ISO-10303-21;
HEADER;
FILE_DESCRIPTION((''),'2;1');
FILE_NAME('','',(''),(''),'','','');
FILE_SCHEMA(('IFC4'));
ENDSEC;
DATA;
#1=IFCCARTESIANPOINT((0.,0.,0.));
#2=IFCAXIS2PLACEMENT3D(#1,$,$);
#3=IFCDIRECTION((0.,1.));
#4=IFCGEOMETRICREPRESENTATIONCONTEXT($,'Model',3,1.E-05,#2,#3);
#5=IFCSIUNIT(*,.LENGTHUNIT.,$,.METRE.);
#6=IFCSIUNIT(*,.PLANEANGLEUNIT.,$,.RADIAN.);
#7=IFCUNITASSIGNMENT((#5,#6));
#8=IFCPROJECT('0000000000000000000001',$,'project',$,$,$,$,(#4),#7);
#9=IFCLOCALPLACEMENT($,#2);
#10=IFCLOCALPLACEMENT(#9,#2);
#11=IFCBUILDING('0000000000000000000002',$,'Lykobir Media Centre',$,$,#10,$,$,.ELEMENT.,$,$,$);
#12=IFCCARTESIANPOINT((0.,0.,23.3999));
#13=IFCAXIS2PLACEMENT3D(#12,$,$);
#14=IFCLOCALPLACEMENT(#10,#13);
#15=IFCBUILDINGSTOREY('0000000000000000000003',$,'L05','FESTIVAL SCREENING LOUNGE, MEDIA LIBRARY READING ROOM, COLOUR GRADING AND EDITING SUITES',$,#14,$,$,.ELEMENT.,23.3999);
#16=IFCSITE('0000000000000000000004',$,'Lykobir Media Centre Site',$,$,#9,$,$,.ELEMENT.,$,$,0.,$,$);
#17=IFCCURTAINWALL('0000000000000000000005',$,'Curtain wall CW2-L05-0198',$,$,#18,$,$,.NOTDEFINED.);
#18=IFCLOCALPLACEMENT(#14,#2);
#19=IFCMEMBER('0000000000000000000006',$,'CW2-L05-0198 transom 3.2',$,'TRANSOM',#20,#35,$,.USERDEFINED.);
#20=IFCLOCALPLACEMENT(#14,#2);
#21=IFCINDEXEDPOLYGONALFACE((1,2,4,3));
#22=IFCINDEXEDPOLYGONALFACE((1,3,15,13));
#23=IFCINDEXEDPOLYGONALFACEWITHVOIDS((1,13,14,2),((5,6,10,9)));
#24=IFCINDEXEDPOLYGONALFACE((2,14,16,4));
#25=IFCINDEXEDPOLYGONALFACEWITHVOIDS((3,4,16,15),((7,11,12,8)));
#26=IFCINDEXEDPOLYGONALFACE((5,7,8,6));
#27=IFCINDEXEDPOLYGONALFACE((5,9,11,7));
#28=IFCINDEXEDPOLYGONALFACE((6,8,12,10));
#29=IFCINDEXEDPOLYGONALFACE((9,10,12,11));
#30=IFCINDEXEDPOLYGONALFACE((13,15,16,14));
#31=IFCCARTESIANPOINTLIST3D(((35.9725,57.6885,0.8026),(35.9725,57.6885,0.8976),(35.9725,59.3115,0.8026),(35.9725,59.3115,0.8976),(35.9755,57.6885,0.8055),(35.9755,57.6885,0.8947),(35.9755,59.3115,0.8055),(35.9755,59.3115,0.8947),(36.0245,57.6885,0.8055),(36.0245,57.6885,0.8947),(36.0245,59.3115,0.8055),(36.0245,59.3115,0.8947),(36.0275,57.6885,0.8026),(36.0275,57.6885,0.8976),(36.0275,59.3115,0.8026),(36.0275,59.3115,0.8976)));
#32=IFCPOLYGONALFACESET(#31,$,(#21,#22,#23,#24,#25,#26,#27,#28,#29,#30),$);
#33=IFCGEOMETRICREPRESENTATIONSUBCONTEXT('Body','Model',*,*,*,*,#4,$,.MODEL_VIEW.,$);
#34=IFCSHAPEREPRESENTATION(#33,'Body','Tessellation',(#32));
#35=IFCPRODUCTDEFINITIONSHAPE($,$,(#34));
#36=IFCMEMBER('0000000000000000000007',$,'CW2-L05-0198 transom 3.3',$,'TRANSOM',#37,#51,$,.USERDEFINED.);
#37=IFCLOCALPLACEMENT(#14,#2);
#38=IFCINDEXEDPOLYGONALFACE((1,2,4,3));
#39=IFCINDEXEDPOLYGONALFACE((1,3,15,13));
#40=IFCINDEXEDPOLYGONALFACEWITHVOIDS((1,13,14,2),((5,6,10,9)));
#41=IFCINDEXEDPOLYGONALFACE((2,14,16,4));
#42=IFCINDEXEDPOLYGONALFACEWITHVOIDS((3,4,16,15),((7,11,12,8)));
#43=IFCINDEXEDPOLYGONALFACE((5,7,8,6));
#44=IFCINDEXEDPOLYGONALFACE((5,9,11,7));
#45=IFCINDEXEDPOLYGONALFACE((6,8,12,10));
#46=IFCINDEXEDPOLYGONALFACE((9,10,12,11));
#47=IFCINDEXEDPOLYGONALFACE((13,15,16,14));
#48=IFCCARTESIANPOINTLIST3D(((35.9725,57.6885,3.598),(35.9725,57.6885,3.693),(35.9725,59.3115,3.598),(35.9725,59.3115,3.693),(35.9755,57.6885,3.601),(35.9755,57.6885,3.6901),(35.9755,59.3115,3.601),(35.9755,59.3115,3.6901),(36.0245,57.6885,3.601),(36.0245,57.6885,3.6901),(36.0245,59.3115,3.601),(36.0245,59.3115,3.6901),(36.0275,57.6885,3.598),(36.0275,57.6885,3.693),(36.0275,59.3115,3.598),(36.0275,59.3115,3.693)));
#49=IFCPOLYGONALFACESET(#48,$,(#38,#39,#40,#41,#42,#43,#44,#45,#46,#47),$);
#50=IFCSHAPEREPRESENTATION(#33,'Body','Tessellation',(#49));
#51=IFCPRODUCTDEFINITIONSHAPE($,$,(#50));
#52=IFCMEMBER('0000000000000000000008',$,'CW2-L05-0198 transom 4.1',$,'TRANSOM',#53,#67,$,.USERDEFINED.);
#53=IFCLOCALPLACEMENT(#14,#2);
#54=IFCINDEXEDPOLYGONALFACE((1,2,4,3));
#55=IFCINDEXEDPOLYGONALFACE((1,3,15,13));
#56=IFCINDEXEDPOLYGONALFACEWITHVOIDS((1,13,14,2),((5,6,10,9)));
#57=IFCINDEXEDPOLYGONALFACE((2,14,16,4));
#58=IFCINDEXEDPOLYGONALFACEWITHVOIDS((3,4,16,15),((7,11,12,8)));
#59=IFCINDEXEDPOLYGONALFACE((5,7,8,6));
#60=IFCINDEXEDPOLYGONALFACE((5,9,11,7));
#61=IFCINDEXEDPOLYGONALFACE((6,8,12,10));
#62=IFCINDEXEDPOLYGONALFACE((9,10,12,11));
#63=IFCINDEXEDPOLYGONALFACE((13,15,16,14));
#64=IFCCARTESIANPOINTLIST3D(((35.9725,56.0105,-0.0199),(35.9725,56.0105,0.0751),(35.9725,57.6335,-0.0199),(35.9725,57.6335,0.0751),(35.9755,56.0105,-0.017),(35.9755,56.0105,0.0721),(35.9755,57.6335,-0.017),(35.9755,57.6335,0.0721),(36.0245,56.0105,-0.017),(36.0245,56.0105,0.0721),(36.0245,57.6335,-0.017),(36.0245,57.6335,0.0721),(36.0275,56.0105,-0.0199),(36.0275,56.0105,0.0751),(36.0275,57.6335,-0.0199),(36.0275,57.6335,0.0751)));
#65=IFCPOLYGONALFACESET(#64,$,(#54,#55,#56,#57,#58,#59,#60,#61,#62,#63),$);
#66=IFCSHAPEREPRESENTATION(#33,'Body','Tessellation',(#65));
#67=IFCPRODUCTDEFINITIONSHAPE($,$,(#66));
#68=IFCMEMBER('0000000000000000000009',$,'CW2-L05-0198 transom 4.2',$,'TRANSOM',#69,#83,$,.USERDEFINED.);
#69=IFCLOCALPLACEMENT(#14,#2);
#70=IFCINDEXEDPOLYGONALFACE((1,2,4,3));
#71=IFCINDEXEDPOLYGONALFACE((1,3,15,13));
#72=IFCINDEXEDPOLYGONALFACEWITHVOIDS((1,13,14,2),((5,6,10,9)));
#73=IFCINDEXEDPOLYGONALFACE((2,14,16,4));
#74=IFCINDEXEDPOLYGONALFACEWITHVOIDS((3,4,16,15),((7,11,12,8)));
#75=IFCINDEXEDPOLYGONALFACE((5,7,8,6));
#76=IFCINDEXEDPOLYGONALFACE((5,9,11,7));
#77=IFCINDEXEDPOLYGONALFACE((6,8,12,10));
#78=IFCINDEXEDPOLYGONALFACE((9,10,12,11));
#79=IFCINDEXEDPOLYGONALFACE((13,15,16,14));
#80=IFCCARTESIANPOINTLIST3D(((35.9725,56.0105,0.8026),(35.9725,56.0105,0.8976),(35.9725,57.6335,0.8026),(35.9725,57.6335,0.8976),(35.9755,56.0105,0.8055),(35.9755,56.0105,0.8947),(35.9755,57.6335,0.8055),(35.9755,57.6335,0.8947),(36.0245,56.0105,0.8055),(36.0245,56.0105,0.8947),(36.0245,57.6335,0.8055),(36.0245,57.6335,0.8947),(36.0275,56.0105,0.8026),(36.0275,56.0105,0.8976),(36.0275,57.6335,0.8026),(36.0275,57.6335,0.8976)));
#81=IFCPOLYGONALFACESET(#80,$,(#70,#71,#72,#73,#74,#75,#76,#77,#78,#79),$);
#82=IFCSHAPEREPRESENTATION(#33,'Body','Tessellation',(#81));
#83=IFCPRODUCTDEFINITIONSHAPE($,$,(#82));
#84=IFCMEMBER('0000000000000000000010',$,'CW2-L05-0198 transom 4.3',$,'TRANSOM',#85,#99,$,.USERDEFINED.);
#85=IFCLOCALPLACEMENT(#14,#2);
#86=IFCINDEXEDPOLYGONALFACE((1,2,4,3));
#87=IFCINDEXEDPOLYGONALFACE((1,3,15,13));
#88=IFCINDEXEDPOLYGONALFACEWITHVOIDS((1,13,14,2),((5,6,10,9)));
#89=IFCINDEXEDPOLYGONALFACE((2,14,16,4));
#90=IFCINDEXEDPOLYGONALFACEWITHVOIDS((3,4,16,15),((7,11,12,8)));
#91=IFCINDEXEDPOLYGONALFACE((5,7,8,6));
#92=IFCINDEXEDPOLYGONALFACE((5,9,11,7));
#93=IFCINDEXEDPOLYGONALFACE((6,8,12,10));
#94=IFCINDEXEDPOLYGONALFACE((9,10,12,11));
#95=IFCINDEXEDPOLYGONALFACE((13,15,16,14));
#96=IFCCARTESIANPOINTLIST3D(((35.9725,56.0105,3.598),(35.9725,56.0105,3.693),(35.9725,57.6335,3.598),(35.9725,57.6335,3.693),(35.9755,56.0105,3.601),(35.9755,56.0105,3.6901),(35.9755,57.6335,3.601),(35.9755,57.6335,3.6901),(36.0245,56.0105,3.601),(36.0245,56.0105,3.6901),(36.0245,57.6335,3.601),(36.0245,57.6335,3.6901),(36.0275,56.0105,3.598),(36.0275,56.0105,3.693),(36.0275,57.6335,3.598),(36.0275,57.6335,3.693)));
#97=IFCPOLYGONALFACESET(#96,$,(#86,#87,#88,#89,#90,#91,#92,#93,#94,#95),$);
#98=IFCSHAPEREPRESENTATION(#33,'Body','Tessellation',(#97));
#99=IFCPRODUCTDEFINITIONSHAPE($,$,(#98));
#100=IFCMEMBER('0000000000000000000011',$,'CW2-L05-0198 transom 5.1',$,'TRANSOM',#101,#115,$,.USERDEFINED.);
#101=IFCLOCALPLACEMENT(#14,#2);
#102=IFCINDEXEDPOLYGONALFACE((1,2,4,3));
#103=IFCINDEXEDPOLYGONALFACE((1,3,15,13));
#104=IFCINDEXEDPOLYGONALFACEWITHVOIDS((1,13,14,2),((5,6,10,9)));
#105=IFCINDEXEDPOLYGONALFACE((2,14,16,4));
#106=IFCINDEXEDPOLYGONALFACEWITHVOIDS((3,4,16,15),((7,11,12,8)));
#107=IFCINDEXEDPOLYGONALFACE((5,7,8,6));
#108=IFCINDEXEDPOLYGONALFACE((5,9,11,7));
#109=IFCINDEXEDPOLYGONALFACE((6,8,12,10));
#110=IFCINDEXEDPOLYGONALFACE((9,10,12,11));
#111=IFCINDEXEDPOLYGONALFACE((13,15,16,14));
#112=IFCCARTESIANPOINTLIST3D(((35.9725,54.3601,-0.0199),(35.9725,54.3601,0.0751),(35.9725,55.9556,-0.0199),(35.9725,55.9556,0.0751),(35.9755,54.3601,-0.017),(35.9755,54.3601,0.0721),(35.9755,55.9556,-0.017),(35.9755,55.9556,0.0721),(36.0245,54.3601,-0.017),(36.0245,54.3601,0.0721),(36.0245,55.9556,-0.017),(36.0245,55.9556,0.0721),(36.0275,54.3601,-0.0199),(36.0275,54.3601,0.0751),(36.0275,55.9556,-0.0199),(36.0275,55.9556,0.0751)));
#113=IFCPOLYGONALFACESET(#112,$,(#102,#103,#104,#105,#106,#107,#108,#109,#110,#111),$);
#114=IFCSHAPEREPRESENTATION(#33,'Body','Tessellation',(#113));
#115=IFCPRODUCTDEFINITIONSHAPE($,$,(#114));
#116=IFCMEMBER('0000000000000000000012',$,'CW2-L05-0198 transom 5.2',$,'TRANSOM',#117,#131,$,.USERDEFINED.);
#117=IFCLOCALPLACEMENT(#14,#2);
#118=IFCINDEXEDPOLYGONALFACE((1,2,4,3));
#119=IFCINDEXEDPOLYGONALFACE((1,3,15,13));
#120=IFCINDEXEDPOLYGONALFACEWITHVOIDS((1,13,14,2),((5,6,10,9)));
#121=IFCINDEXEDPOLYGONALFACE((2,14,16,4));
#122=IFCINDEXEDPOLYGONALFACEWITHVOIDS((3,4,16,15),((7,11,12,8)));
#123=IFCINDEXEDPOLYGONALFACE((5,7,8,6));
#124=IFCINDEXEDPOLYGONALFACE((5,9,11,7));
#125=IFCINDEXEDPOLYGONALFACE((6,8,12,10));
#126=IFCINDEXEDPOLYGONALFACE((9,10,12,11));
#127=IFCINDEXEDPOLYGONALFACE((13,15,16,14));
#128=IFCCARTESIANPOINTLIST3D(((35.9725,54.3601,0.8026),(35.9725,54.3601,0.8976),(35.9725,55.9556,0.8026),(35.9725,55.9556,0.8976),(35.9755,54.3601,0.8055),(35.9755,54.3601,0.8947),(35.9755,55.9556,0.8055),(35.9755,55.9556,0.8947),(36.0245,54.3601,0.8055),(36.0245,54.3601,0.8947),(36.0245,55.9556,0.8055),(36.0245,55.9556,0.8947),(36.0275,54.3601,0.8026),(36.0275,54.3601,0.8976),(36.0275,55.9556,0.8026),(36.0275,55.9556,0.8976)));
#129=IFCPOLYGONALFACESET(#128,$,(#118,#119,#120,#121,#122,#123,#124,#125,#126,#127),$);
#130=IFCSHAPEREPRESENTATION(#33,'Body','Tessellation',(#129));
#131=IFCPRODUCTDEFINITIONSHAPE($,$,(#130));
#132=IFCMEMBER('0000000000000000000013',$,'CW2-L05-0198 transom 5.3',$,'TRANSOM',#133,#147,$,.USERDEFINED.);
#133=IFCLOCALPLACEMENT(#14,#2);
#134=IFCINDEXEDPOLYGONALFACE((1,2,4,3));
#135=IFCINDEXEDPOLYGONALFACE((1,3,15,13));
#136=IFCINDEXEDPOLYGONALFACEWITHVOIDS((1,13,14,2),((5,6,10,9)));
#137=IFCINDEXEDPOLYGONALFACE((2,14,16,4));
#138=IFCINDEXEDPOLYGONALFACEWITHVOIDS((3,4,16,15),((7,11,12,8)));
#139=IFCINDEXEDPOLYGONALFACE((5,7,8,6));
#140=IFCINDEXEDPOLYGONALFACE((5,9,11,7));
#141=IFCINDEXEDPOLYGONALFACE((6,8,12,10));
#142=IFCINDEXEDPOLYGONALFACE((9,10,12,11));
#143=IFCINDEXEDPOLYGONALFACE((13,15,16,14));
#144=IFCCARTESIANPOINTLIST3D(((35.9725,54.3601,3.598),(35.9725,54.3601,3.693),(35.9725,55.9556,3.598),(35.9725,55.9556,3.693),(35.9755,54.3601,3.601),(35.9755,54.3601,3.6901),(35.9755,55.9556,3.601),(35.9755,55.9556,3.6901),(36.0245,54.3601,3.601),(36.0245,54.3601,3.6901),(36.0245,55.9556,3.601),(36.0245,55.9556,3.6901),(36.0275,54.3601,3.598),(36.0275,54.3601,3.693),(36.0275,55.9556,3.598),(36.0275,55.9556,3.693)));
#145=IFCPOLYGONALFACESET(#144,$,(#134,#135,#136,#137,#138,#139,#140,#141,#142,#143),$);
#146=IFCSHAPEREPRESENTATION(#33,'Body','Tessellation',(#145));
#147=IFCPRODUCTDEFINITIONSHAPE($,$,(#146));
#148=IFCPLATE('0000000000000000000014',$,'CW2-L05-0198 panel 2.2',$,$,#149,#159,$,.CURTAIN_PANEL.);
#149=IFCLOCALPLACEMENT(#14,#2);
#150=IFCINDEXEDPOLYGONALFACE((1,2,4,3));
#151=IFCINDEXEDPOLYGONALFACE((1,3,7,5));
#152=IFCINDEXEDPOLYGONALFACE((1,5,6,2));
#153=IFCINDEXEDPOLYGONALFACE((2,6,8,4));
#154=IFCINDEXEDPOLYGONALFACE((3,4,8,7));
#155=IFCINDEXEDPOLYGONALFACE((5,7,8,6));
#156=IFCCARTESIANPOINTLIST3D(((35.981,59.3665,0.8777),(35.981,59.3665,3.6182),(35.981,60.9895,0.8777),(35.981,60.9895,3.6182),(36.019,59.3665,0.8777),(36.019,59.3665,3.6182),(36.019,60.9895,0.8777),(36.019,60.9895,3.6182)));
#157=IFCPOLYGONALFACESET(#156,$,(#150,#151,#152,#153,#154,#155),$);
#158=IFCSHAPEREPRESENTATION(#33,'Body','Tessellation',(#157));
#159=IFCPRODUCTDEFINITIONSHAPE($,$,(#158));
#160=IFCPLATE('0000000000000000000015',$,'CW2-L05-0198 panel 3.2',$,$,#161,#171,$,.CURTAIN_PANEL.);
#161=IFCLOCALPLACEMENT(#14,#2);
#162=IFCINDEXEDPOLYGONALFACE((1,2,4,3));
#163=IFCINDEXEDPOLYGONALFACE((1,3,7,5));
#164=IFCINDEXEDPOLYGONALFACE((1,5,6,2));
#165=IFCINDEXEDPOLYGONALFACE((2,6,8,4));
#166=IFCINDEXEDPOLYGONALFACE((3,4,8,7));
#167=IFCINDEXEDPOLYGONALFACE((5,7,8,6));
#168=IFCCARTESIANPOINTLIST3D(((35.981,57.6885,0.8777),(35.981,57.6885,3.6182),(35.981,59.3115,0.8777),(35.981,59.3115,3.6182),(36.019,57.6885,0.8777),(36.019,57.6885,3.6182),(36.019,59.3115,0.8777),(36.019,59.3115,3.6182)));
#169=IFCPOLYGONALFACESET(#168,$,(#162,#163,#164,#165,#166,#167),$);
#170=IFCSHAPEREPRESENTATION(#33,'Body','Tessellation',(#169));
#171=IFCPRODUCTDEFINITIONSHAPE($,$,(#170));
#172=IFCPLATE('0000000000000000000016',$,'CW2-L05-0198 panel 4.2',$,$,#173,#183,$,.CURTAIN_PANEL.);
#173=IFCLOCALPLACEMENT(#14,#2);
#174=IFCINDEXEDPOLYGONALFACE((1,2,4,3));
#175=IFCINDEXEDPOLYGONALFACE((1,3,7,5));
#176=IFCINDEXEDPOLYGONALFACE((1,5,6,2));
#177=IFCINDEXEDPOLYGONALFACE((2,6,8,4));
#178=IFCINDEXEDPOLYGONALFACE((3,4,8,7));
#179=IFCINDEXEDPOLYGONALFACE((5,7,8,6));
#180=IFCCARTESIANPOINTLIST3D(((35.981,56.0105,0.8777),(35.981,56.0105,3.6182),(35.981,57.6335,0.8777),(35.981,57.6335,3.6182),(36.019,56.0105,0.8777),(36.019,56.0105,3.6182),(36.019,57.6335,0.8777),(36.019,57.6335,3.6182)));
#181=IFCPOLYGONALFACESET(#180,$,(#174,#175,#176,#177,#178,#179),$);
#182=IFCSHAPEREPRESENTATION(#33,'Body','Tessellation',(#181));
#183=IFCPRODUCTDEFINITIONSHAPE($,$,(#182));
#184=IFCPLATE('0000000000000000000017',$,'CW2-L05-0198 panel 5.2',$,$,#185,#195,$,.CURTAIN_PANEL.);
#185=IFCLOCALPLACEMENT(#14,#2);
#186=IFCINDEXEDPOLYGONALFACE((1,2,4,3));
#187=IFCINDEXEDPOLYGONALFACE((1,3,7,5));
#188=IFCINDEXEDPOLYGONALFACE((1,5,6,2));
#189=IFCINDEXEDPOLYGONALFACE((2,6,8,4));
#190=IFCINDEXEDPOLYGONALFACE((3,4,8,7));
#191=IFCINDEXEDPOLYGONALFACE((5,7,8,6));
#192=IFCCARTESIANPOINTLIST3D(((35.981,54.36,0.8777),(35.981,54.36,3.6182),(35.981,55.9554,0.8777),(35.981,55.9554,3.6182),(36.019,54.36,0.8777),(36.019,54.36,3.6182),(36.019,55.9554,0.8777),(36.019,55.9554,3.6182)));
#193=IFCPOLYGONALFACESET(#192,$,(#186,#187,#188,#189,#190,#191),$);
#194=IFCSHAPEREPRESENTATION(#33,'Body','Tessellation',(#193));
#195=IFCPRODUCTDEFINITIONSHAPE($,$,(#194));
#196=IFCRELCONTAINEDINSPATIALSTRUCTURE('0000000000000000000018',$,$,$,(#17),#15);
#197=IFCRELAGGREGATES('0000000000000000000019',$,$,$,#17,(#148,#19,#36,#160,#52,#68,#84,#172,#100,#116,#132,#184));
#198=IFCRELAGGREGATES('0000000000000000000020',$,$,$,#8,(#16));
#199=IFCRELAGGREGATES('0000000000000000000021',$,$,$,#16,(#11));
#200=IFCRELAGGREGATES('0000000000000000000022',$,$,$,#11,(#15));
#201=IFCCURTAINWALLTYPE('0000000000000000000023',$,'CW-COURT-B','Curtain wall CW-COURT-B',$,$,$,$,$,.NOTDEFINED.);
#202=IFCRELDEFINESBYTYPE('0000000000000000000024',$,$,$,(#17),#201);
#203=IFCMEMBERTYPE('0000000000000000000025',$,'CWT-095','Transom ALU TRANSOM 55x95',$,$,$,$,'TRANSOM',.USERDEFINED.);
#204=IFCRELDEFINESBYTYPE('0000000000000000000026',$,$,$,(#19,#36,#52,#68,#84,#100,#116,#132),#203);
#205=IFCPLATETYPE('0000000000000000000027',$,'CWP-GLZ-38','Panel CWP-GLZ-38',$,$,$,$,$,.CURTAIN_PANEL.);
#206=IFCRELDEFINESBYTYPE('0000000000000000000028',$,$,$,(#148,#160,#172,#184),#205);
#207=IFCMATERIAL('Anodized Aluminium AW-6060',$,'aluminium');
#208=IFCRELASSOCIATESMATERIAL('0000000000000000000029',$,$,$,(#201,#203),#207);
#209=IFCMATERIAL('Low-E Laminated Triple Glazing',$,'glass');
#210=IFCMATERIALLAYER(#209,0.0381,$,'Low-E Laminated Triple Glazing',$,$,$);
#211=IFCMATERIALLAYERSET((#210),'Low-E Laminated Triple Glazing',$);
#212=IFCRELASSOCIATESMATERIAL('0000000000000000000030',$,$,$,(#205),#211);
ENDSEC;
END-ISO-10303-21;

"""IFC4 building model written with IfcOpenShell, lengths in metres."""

from ifc_helpers import new_model, si_unit, direction, frame, origin, origin_2d, place, context, subcontext, project, spatial, rectangle, hollow_rectangle, extrude, material, layer, layer_set, material_profile, profile_set, type_object, element, aggregate, save


model = new_model("IFC4")

# Units and contexts
model_context = context("Model", 3, precision=1e-05, world=origin(), true_north=direction((0.0, 1.0)))
body_context = subcontext(model_context, "Body", "Model", "MODEL_VIEW")
ifc_project = project(units=[si_unit("LENGTHUNIT", "METRE"), si_unit("PLANEANGLEUNIT", "RADIAN")], contexts=[model_context])

# Site, building, storey
site_placement = place(None, origin())
site = spatial("IfcSite", under=ifc_project, at=site_placement, Name="Lykobir Media Centre Site", CompositionType="ELEMENT", RefElevation=0.0)
building_placement = place(site_placement, origin())
building = spatial("IfcBuilding", under=site, at=building_placement, Name="Lykobir Media Centre", CompositionType="ELEMENT")
storey_placement = place(building_placement, frame((0.0, 0.0, 23.3999)))
storey = spatial("IfcBuildingStorey", under=building, at=storey_placement, Name="L05", Description="FESTIVAL SCREENING LOUNGE, MEDIA LIBRARY READING ROOM, COLOUR GRADING AND EDITING SUITES", CompositionType="ELEMENT", Elevation=23.3999)

# Shared definitions
ifc_material_1 = material(Name="Anodized Aluminium AW-6060", Category="aluminium")
curtain_wall_type = type_object("IfcCurtainWallType", Name="CW-COURT-B", Description="Curtain wall CW-COURT-B", PredefinedType="NOTDEFINED", material=ifc_material_1)

# Curtain wall
curtain_wall_1_placement = place(storey_placement, origin())
curtain_wall_1 = element("IfcCurtainWall", 1, at=curtain_wall_1_placement, inside=storey, type_object=curtain_wall_type, Name="Curtain wall CW2-L05-0198", PredefinedType="NOTDEFINED")

# Members
ifc_material_profile_1 = material_profile(ifc_material_1, hollow_rectangle(XDim=0.0549, YDim=0.095, WallThickness=0.0029, at=origin_2d()), Name="ALU TRANSOM 55x95")
ifc_profile_set_1 = profile_set([ifc_material_profile_1], Name="Anodized Aluminium AW-6060")
member_type_1 = type_object("IfcMemberType", Name="CWT-095", Description="Transom ALU TRANSOM 55x95", ElementType="TRANSOM", PredefinedType="USERDEFINED", material=ifc_profile_set_1)
member_1_placement = place(storey_placement, frame((36.0, 59.3115, 0.8501), z_axis=(0.0, -1.0, 0.0), x_axis=(1.0, 0.0, 0.0)))
member_1 = element("IfcMember", 2, at=member_1_placement, type_object=member_type_1, Name="CW2-L05-0198 transom 3.2", ObjectType="TRANSOM", PredefinedType="USERDEFINED", context=body_context, shape_type="SweptSolid", body=[
    extrude(hollow_rectangle(XDim=0.0549, YDim=0.095, WallThickness=0.0029, at=origin_2d()), origin(), (0.0, 0.0, 1.0), 1.623),
])
member_2_placement = place(storey_placement, frame((36.0, 59.3115, 3.6455), z_axis=(0.0, -1.0, 0.0), x_axis=(1.0, 0.0, 0.0)))
member_2 = element("IfcMember", 3, at=member_2_placement, type_object=member_type_1, Name="CW2-L05-0198 transom 3.3", ObjectType="TRANSOM", PredefinedType="USERDEFINED", context=body_context, shape_type="SweptSolid", body=[
    extrude(hollow_rectangle(XDim=0.0549, YDim=0.095, WallThickness=0.0029, at=origin_2d()), origin(), (0.0, 0.0, 1.0), 1.623),
])
member_3_placement = place(storey_placement, frame((36.0, 57.6335, 0.0276), z_axis=(0.0, -1.0, 0.0), x_axis=(1.0, 0.0, 0.0)))
member_3 = element("IfcMember", 4, at=member_3_placement, type_object=member_type_1, Name="CW2-L05-0198 transom 4.1", ObjectType="TRANSOM", PredefinedType="USERDEFINED", context=body_context, shape_type="SweptSolid", body=[
    extrude(hollow_rectangle(XDim=0.0549, YDim=0.095, WallThickness=0.0029, at=origin_2d()), origin(), (0.0, 0.0, 1.0), 1.623),
])
member_4_placement = place(storey_placement, frame((36.0, 57.6335, 0.8501), z_axis=(0.0, -1.0, 0.0), x_axis=(1.0, 0.0, 0.0)))
member_4 = element("IfcMember", 5, at=member_4_placement, type_object=member_type_1, Name="CW2-L05-0198 transom 4.2", ObjectType="TRANSOM", PredefinedType="USERDEFINED", context=body_context, shape_type="SweptSolid", body=[
    extrude(hollow_rectangle(XDim=0.0549, YDim=0.095, WallThickness=0.0029, at=origin_2d()), origin(), (0.0, 0.0, 1.0), 1.623),
])
member_5_placement = place(storey_placement, frame((36.0, 57.6335, 3.6455), z_axis=(0.0, -1.0, 0.0), x_axis=(1.0, 0.0, 0.0)))
member_5 = element("IfcMember", 6, at=member_5_placement, type_object=member_type_1, Name="CW2-L05-0198 transom 4.3", ObjectType="TRANSOM", PredefinedType="USERDEFINED", context=body_context, shape_type="SweptSolid", body=[
    extrude(hollow_rectangle(XDim=0.0549, YDim=0.095, WallThickness=0.0029, at=origin_2d()), origin(), (0.0, 0.0, 1.0), 1.623),
])
member_6_placement = place(storey_placement, frame((36.0, 55.9556, 0.0276), z_axis=(0.0, -1.0, 0.0), x_axis=(1.0, 0.0, 0.0)))
member_6 = element("IfcMember", 7, at=member_6_placement, type_object=member_type_1, Name="CW2-L05-0198 transom 5.1", ObjectType="TRANSOM", PredefinedType="USERDEFINED", context=body_context, shape_type="SweptSolid", body=[
    extrude(hollow_rectangle(XDim=0.0549, YDim=0.095, WallThickness=0.0029, at=origin_2d()), origin(), (0.0, 0.0, 1.0), 1.5955),
])
member_7_placement = place(storey_placement, frame((36.0, 55.9556, 0.8501), z_axis=(0.0, -1.0, 0.0), x_axis=(1.0, 0.0, 0.0)))
member_7 = element("IfcMember", 8, at=member_7_placement, type_object=member_type_1, Name="CW2-L05-0198 transom 5.2", ObjectType="TRANSOM", PredefinedType="USERDEFINED", context=body_context, shape_type="SweptSolid", body=[
    extrude(hollow_rectangle(XDim=0.0549, YDim=0.095, WallThickness=0.0029, at=origin_2d()), origin(), (0.0, 0.0, 1.0), 1.5955),
])
member_8_placement = place(storey_placement, frame((36.0, 55.9556, 3.6455), z_axis=(0.0, -1.0, 0.0), x_axis=(1.0, 0.0, 0.0)))
member_8 = element("IfcMember", 9, at=member_8_placement, type_object=member_type_1, Name="CW2-L05-0198 transom 5.3", ObjectType="TRANSOM", PredefinedType="USERDEFINED", context=body_context, shape_type="SweptSolid", body=[
    extrude(hollow_rectangle(XDim=0.0549, YDim=0.095, WallThickness=0.0029, at=origin_2d()), origin(), (0.0, 0.0, 1.0), 1.5955),
])

# Plates
ifc_material_2 = material(Name="Low-E Laminated Triple Glazing", Category="glass")
ifc_layer_1 = layer(ifc_material_2, 0.0381, Name="Low-E Laminated Triple Glazing")
ifc_layer_set_1 = layer_set([ifc_layer_1], Name="Low-E Laminated Triple Glazing")
plate_type_1 = type_object("IfcPlateType", Name="CWP-GLZ-38", Description="Panel CWP-GLZ-38", PredefinedType="CURTAIN_PANEL", material=ifc_layer_set_1)
plate_1_placement = place(storey_placement, frame((36.0, 60.178, 0.8777), z_axis=(0.0, 0.0, 1.0), x_axis=(0.0, -1.0, 0.0)))
plate_1 = element("IfcPlate", 10, at=plate_1_placement, type_object=plate_type_1, Name="CW2-L05-0198 panel 2.2", PredefinedType="CURTAIN_PANEL", context=body_context, shape_type="SweptSolid", body=[
    extrude(rectangle(XDim=1.623, YDim=0.0381, at=origin_2d()), origin(), (0.0, 0.0, 1.0), 2.7405),
])
plate_2_placement = place(storey_placement, frame((36.0, 58.5, 0.8777), z_axis=(0.0, 0.0, 1.0), x_axis=(0.0, -1.0, 0.0)))
plate_2 = element("IfcPlate", 11, at=plate_2_placement, type_object=plate_type_1, Name="CW2-L05-0198 panel 3.2", PredefinedType="CURTAIN_PANEL", context=body_context, shape_type="SweptSolid", body=[
    extrude(rectangle(XDim=1.623, YDim=0.0381, at=origin_2d()), origin(), (0.0, 0.0, 1.0), 2.7405),
])
plate_3_placement = place(storey_placement, frame((36.0, 56.822, 0.8777), z_axis=(0.0, 0.0, 1.0), x_axis=(0.0, -1.0, 0.0)))
plate_3 = element("IfcPlate", 12, at=plate_3_placement, type_object=plate_type_1, Name="CW2-L05-0198 panel 4.2", PredefinedType="CURTAIN_PANEL", context=body_context, shape_type="SweptSolid", body=[
    extrude(rectangle(XDim=1.623, YDim=0.0381, at=origin_2d()), origin(), (0.0, 0.0, 1.0), 2.7405),
])
plate_4_placement = place(storey_placement, frame((36.0, 55.1577, 0.8777), z_axis=(0.0, 0.0, 1.0), x_axis=(0.0, -1.0, 0.0)))
plate_4 = element("IfcPlate", 13, at=plate_4_placement, type_object=plate_type_1, Name="CW2-L05-0198 panel 5.2", PredefinedType="CURTAIN_PANEL", context=body_context, shape_type="SweptSolid", body=[
    extrude(rectangle(XDim=1.5955, YDim=0.0381, at=origin_2d()), origin(), (0.0, 0.0, 1.0), 2.7405),
])
aggregate(curtain_wall_1, [plate_1, member_1, member_2, plate_2, member_3, member_4, member_5, plate_3, member_6, member_7, member_8, plate_4])

save(model, "model.ifc")
